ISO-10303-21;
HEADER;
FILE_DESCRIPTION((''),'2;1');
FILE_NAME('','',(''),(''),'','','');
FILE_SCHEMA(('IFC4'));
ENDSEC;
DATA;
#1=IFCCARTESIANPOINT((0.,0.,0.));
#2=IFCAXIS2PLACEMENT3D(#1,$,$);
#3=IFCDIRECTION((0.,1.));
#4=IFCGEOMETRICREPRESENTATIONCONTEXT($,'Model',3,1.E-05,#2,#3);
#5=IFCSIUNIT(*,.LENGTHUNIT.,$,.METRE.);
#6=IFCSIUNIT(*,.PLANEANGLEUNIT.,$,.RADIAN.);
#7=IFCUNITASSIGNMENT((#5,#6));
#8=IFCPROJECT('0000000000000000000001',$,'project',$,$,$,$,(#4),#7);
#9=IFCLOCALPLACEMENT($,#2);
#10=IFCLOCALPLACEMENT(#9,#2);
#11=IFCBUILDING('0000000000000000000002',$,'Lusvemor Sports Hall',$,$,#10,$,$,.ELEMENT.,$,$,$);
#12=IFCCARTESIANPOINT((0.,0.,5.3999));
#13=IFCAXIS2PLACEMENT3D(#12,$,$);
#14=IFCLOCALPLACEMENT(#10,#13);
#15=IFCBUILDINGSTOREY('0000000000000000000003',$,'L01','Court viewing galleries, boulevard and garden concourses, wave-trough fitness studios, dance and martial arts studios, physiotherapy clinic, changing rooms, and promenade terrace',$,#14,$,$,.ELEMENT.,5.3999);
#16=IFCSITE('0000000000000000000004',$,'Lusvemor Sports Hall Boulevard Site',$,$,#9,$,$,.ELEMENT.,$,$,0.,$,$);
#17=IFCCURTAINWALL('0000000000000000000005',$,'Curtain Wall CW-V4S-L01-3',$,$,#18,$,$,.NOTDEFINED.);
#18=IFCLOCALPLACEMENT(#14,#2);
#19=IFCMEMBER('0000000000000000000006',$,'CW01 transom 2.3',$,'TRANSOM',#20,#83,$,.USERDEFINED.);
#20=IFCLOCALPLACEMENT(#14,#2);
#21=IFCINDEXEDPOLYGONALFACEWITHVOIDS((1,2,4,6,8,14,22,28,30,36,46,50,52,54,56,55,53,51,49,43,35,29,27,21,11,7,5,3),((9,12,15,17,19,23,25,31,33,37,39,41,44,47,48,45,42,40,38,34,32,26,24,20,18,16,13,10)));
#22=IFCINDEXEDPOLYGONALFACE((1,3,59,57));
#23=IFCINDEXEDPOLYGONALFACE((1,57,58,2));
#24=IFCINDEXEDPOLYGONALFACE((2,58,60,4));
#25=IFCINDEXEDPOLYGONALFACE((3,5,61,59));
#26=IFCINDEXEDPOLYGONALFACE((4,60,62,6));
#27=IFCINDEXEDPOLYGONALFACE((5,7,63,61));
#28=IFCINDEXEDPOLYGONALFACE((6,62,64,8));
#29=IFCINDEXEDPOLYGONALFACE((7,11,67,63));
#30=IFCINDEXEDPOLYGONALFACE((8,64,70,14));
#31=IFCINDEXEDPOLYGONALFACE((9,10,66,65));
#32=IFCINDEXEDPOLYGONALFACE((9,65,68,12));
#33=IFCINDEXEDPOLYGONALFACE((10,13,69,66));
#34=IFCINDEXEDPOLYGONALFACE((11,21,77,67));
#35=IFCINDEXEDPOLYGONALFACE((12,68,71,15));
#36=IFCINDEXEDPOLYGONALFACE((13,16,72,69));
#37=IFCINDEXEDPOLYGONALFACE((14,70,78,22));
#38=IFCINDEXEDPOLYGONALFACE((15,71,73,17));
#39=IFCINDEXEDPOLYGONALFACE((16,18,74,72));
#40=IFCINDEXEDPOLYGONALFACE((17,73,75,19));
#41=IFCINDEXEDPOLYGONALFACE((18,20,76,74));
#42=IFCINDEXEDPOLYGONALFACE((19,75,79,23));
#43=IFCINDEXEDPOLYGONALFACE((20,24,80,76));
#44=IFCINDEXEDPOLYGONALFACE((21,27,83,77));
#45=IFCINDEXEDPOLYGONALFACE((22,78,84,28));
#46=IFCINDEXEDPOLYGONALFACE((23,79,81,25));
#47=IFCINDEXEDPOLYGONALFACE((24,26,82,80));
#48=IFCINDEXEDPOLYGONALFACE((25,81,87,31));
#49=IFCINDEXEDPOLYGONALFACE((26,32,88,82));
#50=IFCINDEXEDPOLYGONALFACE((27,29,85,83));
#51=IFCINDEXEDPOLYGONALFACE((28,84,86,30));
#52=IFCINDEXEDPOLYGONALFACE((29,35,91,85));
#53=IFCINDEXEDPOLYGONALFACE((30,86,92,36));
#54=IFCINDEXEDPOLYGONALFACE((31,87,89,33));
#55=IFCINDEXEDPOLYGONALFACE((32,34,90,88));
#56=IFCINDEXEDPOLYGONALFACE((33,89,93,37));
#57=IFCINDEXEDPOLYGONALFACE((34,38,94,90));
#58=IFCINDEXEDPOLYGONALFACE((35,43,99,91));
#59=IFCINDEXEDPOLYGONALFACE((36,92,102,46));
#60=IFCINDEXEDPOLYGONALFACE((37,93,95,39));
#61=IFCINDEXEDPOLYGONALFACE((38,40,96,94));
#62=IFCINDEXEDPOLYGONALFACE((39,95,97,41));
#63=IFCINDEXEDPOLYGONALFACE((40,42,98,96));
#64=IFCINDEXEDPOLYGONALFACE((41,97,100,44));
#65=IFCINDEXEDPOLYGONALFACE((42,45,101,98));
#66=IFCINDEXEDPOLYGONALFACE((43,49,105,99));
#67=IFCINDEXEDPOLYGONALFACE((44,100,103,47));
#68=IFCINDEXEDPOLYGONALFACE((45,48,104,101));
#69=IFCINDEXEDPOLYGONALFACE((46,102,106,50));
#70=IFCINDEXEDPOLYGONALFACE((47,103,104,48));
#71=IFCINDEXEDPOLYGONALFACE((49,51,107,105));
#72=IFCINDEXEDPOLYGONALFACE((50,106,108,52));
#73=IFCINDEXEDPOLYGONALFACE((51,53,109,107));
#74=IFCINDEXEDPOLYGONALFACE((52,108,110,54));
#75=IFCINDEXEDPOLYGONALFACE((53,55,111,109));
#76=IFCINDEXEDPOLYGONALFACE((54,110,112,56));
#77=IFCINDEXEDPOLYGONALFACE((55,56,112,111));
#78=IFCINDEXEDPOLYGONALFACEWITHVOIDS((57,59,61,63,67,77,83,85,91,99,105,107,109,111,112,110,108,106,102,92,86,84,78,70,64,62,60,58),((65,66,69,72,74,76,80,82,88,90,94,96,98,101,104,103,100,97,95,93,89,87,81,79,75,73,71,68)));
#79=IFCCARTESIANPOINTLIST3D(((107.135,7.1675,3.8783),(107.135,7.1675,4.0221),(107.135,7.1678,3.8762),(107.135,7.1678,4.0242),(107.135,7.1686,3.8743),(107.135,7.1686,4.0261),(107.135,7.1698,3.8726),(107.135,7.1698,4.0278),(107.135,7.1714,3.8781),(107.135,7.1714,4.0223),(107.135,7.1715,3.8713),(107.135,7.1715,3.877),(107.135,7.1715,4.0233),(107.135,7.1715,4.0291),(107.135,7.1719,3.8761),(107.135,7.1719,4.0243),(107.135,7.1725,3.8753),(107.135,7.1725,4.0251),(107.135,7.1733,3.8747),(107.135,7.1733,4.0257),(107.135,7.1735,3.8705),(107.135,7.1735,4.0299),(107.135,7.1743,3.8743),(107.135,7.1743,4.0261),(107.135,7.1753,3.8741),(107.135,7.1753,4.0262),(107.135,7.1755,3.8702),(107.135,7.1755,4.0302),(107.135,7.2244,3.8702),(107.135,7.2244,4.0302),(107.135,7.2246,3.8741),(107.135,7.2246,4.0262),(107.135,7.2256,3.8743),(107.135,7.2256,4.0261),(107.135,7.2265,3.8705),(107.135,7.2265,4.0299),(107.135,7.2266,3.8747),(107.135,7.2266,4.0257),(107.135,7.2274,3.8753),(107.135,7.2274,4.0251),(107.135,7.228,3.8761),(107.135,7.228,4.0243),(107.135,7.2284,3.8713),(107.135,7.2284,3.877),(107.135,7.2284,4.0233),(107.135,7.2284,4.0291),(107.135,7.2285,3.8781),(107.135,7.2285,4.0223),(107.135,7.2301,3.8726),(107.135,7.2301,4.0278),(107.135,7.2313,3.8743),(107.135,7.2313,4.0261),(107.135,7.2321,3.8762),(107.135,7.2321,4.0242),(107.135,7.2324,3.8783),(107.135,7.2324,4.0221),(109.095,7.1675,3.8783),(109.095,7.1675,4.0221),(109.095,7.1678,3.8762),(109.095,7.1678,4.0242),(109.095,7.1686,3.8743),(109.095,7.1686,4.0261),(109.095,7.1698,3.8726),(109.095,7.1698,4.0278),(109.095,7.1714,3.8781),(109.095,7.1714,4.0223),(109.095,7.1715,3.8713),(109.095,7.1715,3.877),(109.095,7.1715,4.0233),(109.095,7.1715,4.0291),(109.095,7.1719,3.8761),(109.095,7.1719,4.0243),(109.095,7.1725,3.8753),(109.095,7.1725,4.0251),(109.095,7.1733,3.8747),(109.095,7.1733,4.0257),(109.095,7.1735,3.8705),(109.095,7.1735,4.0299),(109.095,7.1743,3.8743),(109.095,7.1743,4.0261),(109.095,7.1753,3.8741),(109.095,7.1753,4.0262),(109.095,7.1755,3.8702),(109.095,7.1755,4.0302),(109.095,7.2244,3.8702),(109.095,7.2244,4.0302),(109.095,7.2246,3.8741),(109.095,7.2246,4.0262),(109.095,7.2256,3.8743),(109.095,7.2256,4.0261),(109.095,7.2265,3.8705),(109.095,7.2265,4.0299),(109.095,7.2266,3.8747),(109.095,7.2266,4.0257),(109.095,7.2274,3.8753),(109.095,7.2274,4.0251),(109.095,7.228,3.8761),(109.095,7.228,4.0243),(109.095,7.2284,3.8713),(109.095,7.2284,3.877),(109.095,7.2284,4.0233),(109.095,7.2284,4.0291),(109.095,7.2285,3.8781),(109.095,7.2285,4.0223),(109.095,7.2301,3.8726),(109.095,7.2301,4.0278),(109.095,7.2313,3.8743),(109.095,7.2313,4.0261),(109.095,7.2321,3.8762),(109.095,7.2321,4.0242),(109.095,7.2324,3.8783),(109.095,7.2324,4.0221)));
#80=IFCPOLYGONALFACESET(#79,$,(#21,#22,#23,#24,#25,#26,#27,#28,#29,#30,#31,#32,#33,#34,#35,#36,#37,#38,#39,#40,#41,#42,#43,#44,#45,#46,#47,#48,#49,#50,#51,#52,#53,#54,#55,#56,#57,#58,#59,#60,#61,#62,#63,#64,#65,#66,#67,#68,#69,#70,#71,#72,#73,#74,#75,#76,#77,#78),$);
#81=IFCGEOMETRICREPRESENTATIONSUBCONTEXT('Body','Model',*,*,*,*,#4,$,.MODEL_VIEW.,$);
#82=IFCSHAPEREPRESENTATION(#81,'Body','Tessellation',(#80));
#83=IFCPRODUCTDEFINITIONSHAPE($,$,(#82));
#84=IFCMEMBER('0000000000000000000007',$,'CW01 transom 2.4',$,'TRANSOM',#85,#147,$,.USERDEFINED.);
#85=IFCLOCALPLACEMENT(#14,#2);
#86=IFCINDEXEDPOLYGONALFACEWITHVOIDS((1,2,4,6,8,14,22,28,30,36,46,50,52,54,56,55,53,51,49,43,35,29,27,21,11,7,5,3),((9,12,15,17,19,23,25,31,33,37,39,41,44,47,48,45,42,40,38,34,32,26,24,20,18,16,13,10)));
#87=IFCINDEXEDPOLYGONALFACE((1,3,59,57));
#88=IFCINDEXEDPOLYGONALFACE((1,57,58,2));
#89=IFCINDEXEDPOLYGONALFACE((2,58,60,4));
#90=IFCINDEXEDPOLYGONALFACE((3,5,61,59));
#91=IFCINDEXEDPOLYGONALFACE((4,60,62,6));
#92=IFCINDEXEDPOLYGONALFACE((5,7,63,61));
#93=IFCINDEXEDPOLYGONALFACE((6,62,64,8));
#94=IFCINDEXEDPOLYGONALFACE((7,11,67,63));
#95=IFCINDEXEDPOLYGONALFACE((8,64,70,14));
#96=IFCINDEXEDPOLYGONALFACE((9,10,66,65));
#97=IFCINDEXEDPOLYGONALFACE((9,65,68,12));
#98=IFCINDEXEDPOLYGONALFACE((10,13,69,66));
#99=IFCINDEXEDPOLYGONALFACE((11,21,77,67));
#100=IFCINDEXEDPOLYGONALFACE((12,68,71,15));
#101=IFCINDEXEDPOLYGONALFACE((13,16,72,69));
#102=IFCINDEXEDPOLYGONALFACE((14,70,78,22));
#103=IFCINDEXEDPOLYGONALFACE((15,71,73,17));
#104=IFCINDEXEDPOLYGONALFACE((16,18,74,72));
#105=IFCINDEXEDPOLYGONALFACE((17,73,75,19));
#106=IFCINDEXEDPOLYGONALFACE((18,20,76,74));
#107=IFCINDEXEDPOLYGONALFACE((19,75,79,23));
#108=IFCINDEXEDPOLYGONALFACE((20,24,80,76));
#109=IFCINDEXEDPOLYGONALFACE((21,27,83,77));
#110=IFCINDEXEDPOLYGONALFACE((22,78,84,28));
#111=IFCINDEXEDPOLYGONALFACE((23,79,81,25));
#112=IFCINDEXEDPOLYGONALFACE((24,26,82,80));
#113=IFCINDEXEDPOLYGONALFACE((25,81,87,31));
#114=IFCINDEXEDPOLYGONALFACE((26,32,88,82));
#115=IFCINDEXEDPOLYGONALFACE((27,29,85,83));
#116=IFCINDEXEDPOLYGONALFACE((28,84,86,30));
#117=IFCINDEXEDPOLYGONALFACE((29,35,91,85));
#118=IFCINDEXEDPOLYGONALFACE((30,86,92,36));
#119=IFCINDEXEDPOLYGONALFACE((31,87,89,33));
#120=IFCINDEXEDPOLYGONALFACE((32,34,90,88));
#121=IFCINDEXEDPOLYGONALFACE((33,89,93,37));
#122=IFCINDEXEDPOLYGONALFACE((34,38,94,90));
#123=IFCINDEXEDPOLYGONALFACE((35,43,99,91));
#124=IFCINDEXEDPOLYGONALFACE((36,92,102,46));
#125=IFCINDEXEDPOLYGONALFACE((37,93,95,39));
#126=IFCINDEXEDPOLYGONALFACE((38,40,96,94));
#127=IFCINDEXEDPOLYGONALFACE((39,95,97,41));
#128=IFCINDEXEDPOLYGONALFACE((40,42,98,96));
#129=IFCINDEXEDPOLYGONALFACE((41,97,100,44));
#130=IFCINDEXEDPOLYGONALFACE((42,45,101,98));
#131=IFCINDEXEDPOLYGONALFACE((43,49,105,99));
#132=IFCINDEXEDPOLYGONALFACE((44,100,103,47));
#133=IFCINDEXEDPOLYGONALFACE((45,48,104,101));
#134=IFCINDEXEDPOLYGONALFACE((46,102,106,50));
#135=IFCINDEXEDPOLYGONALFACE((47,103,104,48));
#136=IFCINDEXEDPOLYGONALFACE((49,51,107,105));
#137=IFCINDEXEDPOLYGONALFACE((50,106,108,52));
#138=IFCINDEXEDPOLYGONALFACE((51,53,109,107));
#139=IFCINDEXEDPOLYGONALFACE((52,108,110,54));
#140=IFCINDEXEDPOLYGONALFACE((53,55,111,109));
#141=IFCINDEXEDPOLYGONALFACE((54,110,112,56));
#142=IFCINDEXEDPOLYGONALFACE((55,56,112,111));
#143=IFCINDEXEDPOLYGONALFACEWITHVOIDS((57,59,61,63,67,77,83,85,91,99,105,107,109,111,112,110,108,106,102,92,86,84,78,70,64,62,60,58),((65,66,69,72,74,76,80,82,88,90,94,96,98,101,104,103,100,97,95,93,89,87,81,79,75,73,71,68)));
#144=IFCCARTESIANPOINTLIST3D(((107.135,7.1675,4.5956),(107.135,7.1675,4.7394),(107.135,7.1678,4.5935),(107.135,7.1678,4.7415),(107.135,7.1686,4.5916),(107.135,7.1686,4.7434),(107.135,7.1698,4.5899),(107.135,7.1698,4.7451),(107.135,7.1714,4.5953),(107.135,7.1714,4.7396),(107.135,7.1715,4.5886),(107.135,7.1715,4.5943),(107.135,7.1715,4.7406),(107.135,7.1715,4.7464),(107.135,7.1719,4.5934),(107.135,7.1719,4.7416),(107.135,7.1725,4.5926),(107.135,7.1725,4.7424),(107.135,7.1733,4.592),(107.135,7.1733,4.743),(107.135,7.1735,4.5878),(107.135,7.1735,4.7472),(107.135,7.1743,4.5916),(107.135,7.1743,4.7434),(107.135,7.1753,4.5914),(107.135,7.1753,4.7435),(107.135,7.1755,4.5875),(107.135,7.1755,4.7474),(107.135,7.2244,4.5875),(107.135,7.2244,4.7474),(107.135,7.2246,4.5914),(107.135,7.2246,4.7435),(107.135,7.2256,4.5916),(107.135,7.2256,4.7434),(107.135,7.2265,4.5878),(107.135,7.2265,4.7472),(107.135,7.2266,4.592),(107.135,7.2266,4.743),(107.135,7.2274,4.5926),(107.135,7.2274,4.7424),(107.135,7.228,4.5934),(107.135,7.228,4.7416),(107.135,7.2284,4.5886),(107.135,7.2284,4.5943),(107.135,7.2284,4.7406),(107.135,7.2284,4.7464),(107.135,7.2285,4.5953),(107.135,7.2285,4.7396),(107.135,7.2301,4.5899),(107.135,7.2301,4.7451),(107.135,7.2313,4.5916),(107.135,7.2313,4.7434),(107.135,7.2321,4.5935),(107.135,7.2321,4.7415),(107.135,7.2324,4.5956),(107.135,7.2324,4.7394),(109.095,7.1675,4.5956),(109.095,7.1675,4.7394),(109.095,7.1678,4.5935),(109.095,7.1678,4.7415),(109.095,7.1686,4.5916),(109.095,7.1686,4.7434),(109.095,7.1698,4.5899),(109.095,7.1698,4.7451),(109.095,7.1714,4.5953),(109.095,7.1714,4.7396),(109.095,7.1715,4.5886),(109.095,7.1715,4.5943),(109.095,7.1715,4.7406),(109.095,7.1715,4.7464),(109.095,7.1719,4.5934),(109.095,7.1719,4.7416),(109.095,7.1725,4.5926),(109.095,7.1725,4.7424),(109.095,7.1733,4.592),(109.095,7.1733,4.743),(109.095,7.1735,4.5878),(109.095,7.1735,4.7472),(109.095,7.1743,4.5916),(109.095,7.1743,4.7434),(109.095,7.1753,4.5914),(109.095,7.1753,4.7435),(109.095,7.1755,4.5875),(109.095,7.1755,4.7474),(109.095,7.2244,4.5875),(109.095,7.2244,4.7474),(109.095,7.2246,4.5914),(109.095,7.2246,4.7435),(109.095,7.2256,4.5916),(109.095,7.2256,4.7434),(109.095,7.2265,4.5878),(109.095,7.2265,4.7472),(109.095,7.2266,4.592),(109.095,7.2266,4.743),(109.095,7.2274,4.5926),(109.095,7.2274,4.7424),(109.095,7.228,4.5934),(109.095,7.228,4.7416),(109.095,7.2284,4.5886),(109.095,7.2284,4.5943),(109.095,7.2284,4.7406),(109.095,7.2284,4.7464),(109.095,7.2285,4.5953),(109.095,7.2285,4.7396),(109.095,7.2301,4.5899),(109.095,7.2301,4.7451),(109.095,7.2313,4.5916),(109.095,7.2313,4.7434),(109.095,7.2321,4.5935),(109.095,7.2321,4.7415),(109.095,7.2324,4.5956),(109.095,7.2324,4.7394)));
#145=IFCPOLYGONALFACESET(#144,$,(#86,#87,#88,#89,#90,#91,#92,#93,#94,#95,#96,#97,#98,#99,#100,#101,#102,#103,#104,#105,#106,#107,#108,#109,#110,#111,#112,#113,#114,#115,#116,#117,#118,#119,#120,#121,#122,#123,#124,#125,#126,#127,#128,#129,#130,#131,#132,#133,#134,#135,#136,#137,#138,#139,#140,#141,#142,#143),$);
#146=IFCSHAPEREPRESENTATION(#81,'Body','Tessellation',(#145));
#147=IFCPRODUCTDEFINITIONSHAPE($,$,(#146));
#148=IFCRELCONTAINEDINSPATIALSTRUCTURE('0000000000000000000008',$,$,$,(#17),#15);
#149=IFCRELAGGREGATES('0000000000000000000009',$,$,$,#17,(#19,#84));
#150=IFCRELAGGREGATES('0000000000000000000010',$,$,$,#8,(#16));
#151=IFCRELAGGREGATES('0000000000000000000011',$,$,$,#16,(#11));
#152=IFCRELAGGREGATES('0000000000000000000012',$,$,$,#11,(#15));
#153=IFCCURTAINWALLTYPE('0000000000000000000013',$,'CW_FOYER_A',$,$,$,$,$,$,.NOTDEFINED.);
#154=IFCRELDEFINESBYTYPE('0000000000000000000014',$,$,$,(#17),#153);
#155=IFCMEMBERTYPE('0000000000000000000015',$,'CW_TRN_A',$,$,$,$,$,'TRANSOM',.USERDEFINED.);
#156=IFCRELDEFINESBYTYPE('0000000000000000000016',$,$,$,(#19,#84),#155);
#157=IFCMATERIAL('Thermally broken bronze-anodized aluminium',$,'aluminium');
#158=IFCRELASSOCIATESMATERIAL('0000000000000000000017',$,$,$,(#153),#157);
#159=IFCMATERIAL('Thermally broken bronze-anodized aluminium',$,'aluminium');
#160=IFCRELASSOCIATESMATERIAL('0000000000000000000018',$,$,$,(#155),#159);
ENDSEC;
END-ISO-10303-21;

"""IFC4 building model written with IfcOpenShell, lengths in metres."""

from ifc_helpers import new_model, si_unit, direction, frame, origin, origin_2d, place, context, subcontext, project, spatial, hollow_rectangle, extrude, material, material_profile, profile_set, type_object, element, aggregate, save


model = new_model("IFC4")

# Units and contexts
model_context = context("Model", 3, precision=1e-05, world=origin(), true_north=direction((0.0, 1.0)))
body_context = subcontext(model_context, "Body", "Model", "MODEL_VIEW")
ifc_project = project(units=[si_unit("LENGTHUNIT", "METRE"), si_unit("PLANEANGLEUNIT", "RADIAN")], contexts=[model_context])

# Site, building, storey
site_placement = place(None, origin())
site = spatial("IfcSite", under=ifc_project, at=site_placement, Name="Lusvemor Sports Hall Boulevard Site", CompositionType="ELEMENT", RefElevation=0.0)
building_placement = place(site_placement, origin())
building = spatial("IfcBuilding", under=site, at=building_placement, Name="Lusvemor Sports Hall", CompositionType="ELEMENT")
storey_placement = place(building_placement, frame((0.0, 0.0, 5.3999)))
storey = spatial("IfcBuildingStorey", under=building, at=storey_placement, Name="L01", Description="Court viewing galleries, boulevard and garden concourses, wave-trough fitness studios, dance and martial arts studios, physiotherapy clinic, changing rooms, and promenade terrace", CompositionType="ELEMENT", Elevation=5.3999)

# Curtain wall, members
ifc_material_1 = material(Name="Thermally broken bronze-anodized aluminium", Category="aluminium")
curtain_wall_type = type_object("IfcCurtainWallType", Name="CW_FOYER_A", PredefinedType="NOTDEFINED", material=ifc_material_1)
curtain_wall_placement = place(storey_placement, origin())
curtain_wall = element("IfcCurtainWall", 1, at=curtain_wall_placement, inside=storey, type_object=curtain_wall_type, Name="Curtain Wall CW-V4S-L01-3", PredefinedType="NOTDEFINED")
ifc_material_2 = material(Name="Thermally broken bronze-anodized aluminium", Category="aluminium")
ifc_material_profile_1 = material_profile(ifc_material_2, hollow_rectangle(XDim=0.0649, YDim=0.1599, WallThickness=0.0039, InnerFilletRadius=0.0039, OuterFilletRadius=0.0081, at=origin_2d()), Name="CWTRN160x65x4")
ifc_profile_set_1 = profile_set([ifc_material_profile_1], Name="Thermally broken bronze-anodized aluminium")
member_type_1 = type_object("IfcMemberType", Name="CW_TRN_A", ElementType="TRANSOM", PredefinedType="USERDEFINED", material=ifc_profile_set_1)
member_1_placement = place(storey_placement, frame((109.095, 7.2, 3.9502), z_axis=(-1.0, 0.0, 0.0), x_axis=(0.0, -1.0, 0.0)))
member_1 = element("IfcMember", 2, at=member_1_placement, type_object=member_type_1, Name="CW01 transom 2.3", ObjectType="TRANSOM", PredefinedType="USERDEFINED", context=body_context, shape_type="SweptSolid", body=[
    extrude(hollow_rectangle(XDim=0.0649, YDim=0.1599, WallThickness=0.0039, InnerFilletRadius=0.0039, OuterFilletRadius=0.0081, at=origin_2d()), origin(), (0.0, 0.0, 1.0), 1.96),
])
member_2_placement = place(storey_placement, frame((109.095, 7.2, 4.6675), z_axis=(-1.0, 0.0, 0.0), x_axis=(0.0, -1.0, 0.0)))
member_2 = element("IfcMember", 3, at=member_2_placement, type_object=member_type_1, Name="CW01 transom 2.4", ObjectType="TRANSOM", PredefinedType="USERDEFINED", context=body_context, shape_type="SweptSolid", body=[
    extrude(hollow_rectangle(XDim=0.0649, YDim=0.1599, WallThickness=0.0039, InnerFilletRadius=0.0039, OuterFilletRadius=0.0081, at=origin_2d()), origin(), (0.0, 0.0, 1.0), 1.96),
])
aggregate(curtain_wall, [member_1, member_2])

save(model, "model.ifc")
